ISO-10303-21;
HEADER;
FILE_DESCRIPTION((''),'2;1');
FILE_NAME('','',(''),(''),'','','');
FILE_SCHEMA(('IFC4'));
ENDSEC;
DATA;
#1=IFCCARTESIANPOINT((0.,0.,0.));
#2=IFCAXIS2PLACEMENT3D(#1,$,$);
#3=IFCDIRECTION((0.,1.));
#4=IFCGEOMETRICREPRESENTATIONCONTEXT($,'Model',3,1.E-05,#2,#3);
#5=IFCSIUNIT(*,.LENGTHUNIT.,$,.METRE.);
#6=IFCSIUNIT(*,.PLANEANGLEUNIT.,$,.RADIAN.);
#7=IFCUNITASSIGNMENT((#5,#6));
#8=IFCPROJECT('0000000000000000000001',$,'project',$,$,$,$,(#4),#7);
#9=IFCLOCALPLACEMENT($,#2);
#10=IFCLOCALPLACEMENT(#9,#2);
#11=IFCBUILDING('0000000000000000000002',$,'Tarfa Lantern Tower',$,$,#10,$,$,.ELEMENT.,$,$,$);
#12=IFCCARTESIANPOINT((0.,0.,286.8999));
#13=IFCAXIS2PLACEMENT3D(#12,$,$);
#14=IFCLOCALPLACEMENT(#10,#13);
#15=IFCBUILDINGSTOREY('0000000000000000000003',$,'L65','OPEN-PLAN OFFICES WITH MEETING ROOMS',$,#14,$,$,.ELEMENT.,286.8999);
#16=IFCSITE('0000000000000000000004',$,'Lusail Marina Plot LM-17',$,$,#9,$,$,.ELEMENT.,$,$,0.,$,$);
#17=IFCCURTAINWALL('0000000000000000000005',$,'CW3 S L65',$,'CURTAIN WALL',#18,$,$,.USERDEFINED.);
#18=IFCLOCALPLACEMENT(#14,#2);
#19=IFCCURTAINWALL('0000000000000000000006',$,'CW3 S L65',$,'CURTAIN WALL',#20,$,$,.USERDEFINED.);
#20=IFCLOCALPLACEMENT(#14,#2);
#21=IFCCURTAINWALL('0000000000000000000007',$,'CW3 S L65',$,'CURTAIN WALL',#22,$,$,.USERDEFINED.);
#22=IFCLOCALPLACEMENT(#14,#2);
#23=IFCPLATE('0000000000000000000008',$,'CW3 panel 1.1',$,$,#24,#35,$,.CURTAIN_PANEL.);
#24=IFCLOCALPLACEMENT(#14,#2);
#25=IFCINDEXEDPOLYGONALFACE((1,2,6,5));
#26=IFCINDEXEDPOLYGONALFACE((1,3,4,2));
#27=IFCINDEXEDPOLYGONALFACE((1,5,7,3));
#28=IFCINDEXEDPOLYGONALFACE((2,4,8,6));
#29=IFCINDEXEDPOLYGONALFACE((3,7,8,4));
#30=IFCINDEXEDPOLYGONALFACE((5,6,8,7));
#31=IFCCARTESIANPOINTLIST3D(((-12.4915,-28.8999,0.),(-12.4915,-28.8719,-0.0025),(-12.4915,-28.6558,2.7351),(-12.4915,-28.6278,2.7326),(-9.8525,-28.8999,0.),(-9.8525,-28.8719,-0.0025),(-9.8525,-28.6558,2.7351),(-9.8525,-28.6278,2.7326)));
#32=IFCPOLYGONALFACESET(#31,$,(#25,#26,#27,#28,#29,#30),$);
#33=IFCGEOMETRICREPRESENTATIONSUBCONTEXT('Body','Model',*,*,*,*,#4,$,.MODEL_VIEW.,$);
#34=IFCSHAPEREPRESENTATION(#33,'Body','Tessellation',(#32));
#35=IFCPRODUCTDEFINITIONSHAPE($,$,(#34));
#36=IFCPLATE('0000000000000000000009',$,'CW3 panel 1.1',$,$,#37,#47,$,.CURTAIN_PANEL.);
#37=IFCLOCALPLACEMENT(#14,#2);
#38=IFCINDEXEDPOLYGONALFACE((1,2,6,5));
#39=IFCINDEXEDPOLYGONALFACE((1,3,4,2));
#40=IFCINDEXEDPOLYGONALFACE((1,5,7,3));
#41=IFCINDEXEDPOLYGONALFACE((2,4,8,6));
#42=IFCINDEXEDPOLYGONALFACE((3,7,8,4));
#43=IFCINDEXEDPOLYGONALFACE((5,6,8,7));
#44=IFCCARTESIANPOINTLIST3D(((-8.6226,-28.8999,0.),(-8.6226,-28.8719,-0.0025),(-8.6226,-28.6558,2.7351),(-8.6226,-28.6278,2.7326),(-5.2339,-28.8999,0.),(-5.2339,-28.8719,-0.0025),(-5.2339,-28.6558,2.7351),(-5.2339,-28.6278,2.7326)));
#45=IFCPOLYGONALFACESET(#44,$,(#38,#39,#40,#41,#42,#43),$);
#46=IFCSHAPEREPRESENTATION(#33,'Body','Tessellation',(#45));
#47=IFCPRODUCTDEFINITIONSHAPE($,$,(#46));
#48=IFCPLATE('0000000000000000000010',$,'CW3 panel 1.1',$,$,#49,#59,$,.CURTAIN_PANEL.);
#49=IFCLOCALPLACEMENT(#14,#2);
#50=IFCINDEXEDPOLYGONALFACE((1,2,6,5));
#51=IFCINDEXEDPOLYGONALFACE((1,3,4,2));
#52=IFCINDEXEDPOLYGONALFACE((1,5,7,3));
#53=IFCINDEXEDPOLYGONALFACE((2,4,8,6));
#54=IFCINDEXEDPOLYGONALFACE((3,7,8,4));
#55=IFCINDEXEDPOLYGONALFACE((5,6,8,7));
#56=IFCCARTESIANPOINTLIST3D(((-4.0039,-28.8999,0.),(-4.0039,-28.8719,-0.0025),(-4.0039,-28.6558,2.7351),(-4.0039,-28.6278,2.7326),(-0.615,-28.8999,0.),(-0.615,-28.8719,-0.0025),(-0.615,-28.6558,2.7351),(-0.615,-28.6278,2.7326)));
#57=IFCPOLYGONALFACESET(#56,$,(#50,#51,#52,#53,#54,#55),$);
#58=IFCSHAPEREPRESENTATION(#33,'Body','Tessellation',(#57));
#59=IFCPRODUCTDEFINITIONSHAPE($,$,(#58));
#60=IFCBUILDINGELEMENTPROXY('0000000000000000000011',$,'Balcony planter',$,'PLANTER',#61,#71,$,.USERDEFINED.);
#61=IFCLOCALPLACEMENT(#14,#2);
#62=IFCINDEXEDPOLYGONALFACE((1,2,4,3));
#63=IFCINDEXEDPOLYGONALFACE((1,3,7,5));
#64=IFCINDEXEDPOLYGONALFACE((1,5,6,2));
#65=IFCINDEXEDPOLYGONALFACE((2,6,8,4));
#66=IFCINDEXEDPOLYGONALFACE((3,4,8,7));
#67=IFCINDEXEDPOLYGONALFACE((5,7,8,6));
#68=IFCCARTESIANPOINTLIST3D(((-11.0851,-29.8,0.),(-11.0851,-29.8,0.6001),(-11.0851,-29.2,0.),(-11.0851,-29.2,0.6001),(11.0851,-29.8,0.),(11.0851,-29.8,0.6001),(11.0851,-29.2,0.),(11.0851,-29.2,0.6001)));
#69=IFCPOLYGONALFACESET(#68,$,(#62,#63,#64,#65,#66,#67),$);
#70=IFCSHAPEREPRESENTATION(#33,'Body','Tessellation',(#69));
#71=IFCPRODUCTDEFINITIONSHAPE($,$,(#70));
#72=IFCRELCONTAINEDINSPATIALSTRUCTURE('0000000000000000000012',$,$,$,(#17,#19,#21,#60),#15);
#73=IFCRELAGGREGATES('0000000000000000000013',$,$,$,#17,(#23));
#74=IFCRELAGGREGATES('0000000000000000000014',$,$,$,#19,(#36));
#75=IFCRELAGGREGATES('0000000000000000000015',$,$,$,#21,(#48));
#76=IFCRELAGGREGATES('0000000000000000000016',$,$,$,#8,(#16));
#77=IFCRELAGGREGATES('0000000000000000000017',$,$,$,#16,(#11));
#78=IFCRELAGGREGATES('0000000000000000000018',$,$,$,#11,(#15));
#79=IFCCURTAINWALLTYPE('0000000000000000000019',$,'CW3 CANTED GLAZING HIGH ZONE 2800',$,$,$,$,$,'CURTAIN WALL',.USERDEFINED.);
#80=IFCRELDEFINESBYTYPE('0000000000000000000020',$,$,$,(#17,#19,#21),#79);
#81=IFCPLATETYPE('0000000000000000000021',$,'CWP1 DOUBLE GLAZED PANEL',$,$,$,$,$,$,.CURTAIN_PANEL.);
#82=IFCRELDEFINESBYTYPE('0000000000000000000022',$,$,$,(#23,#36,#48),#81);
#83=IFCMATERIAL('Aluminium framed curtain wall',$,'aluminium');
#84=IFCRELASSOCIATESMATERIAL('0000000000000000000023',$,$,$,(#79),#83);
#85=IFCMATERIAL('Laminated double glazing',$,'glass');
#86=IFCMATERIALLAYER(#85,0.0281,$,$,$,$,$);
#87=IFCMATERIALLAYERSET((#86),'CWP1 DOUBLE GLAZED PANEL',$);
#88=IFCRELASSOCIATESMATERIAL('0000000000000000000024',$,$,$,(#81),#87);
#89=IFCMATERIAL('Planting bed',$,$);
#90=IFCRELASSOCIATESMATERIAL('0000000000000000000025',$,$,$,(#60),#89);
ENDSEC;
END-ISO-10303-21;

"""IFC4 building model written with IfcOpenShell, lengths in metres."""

from ifc_helpers import new_model, si_unit, direction, frame, origin, origin_2d, place, context, subcontext, project, spatial, polyline, rectangle, outline, extrude, material, layer, layer_set, type_object, element, aggregate, save


model = new_model("IFC4")

# Units and contexts
model_context = context("Model", 3, precision=1e-05, world=origin(), true_north=direction((0.0, 1.0)))
body_context = subcontext(model_context, "Body", "Model", "MODEL_VIEW")
ifc_project = project(units=[si_unit("LENGTHUNIT", "METRE"), si_unit("PLANEANGLEUNIT", "RADIAN")], contexts=[model_context])

# Site, building, storey
site_placement = place(None, origin())
site = spatial("IfcSite", under=ifc_project, at=site_placement, Name="Lusail Marina Plot LM-17", CompositionType="ELEMENT", RefElevation=0.0)
building_placement = place(site_placement, origin())
building = spatial("IfcBuilding", under=site, at=building_placement, Name="Tarfa Lantern Tower", CompositionType="ELEMENT")
storey_placement = place(building_placement, frame((0.0, 0.0, 286.8999)))
storey = spatial("IfcBuildingStorey", under=building, at=storey_placement, Name="L65", Description="OPEN-PLAN OFFICES WITH MEETING ROOMS", CompositionType="ELEMENT", Elevation=286.8999)

# Curtain walls
ifc_material_1 = material(Name="Aluminium framed curtain wall", Category="aluminium")
curtain_wall_type = type_object("IfcCurtainWallType", Name="CW3 CANTED GLAZING HIGH ZONE 2800", ElementType="CURTAIN WALL", PredefinedType="USERDEFINED", material=ifc_material_1)
curtain_wall_1_placement = place(storey_placement, origin())
curtain_wall_1 = element("IfcCurtainWall", 1, at=curtain_wall_1_placement, inside=storey, type_object=curtain_wall_type, Name="CW3 S L65", ObjectType="CURTAIN WALL", PredefinedType="USERDEFINED")
curtain_wall_2_placement = place(storey_placement, origin())
curtain_wall_2 = element("IfcCurtainWall", 2, at=curtain_wall_2_placement, inside=storey, type_object=curtain_wall_type, Name="CW3 S L65", ObjectType="CURTAIN WALL", PredefinedType="USERDEFINED")
curtain_wall_3_placement = place(storey_placement, origin())
curtain_wall_3 = element("IfcCurtainWall", 3, at=curtain_wall_3_placement, inside=storey, type_object=curtain_wall_type, Name="CW3 S L65", ObjectType="CURTAIN WALL", PredefinedType="USERDEFINED")

# Plates
ifc_material_2 = material(Name="Laminated double glazing", Category="glass")
ifc_layer = layer(ifc_material_2, 0.0281)
ifc_layer_set = layer_set([ifc_layer], Name="CWP1 DOUBLE GLAZED PANEL")
plate_type = type_object("IfcPlateType", Name="CWP1 DOUBLE GLAZED PANEL", PredefinedType="CURTAIN_PANEL", material=ifc_layer_set)
plate_1_placement = place(storey_placement, frame((-12.4915, -28.8999, 0.0), z_axis=(0.0, -0.99604, 0.088908), x_axis=(1.0, 0.0, 0.0)))
plate_1 = element("IfcPlate", 4, at=plate_1_placement, type_object=plate_type, Name="CW3 panel 1.1", PredefinedType="CURTAIN_PANEL", context=body_context, shape_type="SweptSolid", body=[
    extrude(outline(polyline([(0.0, 0.0), (2.6389, 0.0), (2.6389, 2.746), (0.0, 2.746), (0.0, 0.0)])), origin(), (0.0, 0.0, -1.0), 0.0281),
])
aggregate(curtain_wall_1, [plate_1])
plate_2_placement = place(storey_placement, frame((-8.6226, -28.8999, 0.0), z_axis=(0.0, -0.99604, 0.088908), x_axis=(1.0, 0.0, 0.0)))
plate_2 = element("IfcPlate", 5, at=plate_2_placement, type_object=plate_type, Name="CW3 panel 1.1", PredefinedType="CURTAIN_PANEL", context=body_context, shape_type="SweptSolid", body=[
    extrude(outline(polyline([(0.0, 0.0), (3.3887, 0.0), (3.3887, 2.746), (0.0, 2.746), (0.0, 0.0)])), origin(), (0.0, 0.0, -1.0), 0.0281),
])
aggregate(curtain_wall_2, [plate_2])
plate_3_placement = place(storey_placement, frame((-4.0039, -28.8999, 0.0), z_axis=(0.0, -0.99604, 0.088908), x_axis=(1.0, 0.0, 0.0)))
plate_3 = element("IfcPlate", 6, at=plate_3_placement, type_object=plate_type, Name="CW3 panel 1.1", PredefinedType="CURTAIN_PANEL", context=body_context, shape_type="SweptSolid", body=[
    extrude(outline(polyline([(0.0, 0.0), (3.3889, 0.0), (3.3889, 2.746), (0.0, 2.746), (0.0, 0.0)])), origin(), (0.0, 0.0, -1.0), 0.0281),
])
aggregate(curtain_wall_3, [plate_3])

# Building element proxy
ifc_material_3 = material(Name="Planting bed")
proxy_placement = place(storey_placement, frame((0.0, -29.5, 0.0), z_axis=(0.0, 0.0, 1.0), x_axis=(1.0, 0.0, 0.0)))
element("IfcBuildingElementProxy", 7, at=proxy_placement, inside=storey, material=ifc_material_3, Name="Balcony planter", ObjectType="PLANTER", PredefinedType="USERDEFINED", context=body_context, shape_type="SweptSolid", body=[
    extrude(rectangle(XDim=22.1702, YDim=0.6001, at=origin_2d()), origin(), (0.0, 0.0, 1.0), 0.6001),
])

save(model, "model.ifc")
